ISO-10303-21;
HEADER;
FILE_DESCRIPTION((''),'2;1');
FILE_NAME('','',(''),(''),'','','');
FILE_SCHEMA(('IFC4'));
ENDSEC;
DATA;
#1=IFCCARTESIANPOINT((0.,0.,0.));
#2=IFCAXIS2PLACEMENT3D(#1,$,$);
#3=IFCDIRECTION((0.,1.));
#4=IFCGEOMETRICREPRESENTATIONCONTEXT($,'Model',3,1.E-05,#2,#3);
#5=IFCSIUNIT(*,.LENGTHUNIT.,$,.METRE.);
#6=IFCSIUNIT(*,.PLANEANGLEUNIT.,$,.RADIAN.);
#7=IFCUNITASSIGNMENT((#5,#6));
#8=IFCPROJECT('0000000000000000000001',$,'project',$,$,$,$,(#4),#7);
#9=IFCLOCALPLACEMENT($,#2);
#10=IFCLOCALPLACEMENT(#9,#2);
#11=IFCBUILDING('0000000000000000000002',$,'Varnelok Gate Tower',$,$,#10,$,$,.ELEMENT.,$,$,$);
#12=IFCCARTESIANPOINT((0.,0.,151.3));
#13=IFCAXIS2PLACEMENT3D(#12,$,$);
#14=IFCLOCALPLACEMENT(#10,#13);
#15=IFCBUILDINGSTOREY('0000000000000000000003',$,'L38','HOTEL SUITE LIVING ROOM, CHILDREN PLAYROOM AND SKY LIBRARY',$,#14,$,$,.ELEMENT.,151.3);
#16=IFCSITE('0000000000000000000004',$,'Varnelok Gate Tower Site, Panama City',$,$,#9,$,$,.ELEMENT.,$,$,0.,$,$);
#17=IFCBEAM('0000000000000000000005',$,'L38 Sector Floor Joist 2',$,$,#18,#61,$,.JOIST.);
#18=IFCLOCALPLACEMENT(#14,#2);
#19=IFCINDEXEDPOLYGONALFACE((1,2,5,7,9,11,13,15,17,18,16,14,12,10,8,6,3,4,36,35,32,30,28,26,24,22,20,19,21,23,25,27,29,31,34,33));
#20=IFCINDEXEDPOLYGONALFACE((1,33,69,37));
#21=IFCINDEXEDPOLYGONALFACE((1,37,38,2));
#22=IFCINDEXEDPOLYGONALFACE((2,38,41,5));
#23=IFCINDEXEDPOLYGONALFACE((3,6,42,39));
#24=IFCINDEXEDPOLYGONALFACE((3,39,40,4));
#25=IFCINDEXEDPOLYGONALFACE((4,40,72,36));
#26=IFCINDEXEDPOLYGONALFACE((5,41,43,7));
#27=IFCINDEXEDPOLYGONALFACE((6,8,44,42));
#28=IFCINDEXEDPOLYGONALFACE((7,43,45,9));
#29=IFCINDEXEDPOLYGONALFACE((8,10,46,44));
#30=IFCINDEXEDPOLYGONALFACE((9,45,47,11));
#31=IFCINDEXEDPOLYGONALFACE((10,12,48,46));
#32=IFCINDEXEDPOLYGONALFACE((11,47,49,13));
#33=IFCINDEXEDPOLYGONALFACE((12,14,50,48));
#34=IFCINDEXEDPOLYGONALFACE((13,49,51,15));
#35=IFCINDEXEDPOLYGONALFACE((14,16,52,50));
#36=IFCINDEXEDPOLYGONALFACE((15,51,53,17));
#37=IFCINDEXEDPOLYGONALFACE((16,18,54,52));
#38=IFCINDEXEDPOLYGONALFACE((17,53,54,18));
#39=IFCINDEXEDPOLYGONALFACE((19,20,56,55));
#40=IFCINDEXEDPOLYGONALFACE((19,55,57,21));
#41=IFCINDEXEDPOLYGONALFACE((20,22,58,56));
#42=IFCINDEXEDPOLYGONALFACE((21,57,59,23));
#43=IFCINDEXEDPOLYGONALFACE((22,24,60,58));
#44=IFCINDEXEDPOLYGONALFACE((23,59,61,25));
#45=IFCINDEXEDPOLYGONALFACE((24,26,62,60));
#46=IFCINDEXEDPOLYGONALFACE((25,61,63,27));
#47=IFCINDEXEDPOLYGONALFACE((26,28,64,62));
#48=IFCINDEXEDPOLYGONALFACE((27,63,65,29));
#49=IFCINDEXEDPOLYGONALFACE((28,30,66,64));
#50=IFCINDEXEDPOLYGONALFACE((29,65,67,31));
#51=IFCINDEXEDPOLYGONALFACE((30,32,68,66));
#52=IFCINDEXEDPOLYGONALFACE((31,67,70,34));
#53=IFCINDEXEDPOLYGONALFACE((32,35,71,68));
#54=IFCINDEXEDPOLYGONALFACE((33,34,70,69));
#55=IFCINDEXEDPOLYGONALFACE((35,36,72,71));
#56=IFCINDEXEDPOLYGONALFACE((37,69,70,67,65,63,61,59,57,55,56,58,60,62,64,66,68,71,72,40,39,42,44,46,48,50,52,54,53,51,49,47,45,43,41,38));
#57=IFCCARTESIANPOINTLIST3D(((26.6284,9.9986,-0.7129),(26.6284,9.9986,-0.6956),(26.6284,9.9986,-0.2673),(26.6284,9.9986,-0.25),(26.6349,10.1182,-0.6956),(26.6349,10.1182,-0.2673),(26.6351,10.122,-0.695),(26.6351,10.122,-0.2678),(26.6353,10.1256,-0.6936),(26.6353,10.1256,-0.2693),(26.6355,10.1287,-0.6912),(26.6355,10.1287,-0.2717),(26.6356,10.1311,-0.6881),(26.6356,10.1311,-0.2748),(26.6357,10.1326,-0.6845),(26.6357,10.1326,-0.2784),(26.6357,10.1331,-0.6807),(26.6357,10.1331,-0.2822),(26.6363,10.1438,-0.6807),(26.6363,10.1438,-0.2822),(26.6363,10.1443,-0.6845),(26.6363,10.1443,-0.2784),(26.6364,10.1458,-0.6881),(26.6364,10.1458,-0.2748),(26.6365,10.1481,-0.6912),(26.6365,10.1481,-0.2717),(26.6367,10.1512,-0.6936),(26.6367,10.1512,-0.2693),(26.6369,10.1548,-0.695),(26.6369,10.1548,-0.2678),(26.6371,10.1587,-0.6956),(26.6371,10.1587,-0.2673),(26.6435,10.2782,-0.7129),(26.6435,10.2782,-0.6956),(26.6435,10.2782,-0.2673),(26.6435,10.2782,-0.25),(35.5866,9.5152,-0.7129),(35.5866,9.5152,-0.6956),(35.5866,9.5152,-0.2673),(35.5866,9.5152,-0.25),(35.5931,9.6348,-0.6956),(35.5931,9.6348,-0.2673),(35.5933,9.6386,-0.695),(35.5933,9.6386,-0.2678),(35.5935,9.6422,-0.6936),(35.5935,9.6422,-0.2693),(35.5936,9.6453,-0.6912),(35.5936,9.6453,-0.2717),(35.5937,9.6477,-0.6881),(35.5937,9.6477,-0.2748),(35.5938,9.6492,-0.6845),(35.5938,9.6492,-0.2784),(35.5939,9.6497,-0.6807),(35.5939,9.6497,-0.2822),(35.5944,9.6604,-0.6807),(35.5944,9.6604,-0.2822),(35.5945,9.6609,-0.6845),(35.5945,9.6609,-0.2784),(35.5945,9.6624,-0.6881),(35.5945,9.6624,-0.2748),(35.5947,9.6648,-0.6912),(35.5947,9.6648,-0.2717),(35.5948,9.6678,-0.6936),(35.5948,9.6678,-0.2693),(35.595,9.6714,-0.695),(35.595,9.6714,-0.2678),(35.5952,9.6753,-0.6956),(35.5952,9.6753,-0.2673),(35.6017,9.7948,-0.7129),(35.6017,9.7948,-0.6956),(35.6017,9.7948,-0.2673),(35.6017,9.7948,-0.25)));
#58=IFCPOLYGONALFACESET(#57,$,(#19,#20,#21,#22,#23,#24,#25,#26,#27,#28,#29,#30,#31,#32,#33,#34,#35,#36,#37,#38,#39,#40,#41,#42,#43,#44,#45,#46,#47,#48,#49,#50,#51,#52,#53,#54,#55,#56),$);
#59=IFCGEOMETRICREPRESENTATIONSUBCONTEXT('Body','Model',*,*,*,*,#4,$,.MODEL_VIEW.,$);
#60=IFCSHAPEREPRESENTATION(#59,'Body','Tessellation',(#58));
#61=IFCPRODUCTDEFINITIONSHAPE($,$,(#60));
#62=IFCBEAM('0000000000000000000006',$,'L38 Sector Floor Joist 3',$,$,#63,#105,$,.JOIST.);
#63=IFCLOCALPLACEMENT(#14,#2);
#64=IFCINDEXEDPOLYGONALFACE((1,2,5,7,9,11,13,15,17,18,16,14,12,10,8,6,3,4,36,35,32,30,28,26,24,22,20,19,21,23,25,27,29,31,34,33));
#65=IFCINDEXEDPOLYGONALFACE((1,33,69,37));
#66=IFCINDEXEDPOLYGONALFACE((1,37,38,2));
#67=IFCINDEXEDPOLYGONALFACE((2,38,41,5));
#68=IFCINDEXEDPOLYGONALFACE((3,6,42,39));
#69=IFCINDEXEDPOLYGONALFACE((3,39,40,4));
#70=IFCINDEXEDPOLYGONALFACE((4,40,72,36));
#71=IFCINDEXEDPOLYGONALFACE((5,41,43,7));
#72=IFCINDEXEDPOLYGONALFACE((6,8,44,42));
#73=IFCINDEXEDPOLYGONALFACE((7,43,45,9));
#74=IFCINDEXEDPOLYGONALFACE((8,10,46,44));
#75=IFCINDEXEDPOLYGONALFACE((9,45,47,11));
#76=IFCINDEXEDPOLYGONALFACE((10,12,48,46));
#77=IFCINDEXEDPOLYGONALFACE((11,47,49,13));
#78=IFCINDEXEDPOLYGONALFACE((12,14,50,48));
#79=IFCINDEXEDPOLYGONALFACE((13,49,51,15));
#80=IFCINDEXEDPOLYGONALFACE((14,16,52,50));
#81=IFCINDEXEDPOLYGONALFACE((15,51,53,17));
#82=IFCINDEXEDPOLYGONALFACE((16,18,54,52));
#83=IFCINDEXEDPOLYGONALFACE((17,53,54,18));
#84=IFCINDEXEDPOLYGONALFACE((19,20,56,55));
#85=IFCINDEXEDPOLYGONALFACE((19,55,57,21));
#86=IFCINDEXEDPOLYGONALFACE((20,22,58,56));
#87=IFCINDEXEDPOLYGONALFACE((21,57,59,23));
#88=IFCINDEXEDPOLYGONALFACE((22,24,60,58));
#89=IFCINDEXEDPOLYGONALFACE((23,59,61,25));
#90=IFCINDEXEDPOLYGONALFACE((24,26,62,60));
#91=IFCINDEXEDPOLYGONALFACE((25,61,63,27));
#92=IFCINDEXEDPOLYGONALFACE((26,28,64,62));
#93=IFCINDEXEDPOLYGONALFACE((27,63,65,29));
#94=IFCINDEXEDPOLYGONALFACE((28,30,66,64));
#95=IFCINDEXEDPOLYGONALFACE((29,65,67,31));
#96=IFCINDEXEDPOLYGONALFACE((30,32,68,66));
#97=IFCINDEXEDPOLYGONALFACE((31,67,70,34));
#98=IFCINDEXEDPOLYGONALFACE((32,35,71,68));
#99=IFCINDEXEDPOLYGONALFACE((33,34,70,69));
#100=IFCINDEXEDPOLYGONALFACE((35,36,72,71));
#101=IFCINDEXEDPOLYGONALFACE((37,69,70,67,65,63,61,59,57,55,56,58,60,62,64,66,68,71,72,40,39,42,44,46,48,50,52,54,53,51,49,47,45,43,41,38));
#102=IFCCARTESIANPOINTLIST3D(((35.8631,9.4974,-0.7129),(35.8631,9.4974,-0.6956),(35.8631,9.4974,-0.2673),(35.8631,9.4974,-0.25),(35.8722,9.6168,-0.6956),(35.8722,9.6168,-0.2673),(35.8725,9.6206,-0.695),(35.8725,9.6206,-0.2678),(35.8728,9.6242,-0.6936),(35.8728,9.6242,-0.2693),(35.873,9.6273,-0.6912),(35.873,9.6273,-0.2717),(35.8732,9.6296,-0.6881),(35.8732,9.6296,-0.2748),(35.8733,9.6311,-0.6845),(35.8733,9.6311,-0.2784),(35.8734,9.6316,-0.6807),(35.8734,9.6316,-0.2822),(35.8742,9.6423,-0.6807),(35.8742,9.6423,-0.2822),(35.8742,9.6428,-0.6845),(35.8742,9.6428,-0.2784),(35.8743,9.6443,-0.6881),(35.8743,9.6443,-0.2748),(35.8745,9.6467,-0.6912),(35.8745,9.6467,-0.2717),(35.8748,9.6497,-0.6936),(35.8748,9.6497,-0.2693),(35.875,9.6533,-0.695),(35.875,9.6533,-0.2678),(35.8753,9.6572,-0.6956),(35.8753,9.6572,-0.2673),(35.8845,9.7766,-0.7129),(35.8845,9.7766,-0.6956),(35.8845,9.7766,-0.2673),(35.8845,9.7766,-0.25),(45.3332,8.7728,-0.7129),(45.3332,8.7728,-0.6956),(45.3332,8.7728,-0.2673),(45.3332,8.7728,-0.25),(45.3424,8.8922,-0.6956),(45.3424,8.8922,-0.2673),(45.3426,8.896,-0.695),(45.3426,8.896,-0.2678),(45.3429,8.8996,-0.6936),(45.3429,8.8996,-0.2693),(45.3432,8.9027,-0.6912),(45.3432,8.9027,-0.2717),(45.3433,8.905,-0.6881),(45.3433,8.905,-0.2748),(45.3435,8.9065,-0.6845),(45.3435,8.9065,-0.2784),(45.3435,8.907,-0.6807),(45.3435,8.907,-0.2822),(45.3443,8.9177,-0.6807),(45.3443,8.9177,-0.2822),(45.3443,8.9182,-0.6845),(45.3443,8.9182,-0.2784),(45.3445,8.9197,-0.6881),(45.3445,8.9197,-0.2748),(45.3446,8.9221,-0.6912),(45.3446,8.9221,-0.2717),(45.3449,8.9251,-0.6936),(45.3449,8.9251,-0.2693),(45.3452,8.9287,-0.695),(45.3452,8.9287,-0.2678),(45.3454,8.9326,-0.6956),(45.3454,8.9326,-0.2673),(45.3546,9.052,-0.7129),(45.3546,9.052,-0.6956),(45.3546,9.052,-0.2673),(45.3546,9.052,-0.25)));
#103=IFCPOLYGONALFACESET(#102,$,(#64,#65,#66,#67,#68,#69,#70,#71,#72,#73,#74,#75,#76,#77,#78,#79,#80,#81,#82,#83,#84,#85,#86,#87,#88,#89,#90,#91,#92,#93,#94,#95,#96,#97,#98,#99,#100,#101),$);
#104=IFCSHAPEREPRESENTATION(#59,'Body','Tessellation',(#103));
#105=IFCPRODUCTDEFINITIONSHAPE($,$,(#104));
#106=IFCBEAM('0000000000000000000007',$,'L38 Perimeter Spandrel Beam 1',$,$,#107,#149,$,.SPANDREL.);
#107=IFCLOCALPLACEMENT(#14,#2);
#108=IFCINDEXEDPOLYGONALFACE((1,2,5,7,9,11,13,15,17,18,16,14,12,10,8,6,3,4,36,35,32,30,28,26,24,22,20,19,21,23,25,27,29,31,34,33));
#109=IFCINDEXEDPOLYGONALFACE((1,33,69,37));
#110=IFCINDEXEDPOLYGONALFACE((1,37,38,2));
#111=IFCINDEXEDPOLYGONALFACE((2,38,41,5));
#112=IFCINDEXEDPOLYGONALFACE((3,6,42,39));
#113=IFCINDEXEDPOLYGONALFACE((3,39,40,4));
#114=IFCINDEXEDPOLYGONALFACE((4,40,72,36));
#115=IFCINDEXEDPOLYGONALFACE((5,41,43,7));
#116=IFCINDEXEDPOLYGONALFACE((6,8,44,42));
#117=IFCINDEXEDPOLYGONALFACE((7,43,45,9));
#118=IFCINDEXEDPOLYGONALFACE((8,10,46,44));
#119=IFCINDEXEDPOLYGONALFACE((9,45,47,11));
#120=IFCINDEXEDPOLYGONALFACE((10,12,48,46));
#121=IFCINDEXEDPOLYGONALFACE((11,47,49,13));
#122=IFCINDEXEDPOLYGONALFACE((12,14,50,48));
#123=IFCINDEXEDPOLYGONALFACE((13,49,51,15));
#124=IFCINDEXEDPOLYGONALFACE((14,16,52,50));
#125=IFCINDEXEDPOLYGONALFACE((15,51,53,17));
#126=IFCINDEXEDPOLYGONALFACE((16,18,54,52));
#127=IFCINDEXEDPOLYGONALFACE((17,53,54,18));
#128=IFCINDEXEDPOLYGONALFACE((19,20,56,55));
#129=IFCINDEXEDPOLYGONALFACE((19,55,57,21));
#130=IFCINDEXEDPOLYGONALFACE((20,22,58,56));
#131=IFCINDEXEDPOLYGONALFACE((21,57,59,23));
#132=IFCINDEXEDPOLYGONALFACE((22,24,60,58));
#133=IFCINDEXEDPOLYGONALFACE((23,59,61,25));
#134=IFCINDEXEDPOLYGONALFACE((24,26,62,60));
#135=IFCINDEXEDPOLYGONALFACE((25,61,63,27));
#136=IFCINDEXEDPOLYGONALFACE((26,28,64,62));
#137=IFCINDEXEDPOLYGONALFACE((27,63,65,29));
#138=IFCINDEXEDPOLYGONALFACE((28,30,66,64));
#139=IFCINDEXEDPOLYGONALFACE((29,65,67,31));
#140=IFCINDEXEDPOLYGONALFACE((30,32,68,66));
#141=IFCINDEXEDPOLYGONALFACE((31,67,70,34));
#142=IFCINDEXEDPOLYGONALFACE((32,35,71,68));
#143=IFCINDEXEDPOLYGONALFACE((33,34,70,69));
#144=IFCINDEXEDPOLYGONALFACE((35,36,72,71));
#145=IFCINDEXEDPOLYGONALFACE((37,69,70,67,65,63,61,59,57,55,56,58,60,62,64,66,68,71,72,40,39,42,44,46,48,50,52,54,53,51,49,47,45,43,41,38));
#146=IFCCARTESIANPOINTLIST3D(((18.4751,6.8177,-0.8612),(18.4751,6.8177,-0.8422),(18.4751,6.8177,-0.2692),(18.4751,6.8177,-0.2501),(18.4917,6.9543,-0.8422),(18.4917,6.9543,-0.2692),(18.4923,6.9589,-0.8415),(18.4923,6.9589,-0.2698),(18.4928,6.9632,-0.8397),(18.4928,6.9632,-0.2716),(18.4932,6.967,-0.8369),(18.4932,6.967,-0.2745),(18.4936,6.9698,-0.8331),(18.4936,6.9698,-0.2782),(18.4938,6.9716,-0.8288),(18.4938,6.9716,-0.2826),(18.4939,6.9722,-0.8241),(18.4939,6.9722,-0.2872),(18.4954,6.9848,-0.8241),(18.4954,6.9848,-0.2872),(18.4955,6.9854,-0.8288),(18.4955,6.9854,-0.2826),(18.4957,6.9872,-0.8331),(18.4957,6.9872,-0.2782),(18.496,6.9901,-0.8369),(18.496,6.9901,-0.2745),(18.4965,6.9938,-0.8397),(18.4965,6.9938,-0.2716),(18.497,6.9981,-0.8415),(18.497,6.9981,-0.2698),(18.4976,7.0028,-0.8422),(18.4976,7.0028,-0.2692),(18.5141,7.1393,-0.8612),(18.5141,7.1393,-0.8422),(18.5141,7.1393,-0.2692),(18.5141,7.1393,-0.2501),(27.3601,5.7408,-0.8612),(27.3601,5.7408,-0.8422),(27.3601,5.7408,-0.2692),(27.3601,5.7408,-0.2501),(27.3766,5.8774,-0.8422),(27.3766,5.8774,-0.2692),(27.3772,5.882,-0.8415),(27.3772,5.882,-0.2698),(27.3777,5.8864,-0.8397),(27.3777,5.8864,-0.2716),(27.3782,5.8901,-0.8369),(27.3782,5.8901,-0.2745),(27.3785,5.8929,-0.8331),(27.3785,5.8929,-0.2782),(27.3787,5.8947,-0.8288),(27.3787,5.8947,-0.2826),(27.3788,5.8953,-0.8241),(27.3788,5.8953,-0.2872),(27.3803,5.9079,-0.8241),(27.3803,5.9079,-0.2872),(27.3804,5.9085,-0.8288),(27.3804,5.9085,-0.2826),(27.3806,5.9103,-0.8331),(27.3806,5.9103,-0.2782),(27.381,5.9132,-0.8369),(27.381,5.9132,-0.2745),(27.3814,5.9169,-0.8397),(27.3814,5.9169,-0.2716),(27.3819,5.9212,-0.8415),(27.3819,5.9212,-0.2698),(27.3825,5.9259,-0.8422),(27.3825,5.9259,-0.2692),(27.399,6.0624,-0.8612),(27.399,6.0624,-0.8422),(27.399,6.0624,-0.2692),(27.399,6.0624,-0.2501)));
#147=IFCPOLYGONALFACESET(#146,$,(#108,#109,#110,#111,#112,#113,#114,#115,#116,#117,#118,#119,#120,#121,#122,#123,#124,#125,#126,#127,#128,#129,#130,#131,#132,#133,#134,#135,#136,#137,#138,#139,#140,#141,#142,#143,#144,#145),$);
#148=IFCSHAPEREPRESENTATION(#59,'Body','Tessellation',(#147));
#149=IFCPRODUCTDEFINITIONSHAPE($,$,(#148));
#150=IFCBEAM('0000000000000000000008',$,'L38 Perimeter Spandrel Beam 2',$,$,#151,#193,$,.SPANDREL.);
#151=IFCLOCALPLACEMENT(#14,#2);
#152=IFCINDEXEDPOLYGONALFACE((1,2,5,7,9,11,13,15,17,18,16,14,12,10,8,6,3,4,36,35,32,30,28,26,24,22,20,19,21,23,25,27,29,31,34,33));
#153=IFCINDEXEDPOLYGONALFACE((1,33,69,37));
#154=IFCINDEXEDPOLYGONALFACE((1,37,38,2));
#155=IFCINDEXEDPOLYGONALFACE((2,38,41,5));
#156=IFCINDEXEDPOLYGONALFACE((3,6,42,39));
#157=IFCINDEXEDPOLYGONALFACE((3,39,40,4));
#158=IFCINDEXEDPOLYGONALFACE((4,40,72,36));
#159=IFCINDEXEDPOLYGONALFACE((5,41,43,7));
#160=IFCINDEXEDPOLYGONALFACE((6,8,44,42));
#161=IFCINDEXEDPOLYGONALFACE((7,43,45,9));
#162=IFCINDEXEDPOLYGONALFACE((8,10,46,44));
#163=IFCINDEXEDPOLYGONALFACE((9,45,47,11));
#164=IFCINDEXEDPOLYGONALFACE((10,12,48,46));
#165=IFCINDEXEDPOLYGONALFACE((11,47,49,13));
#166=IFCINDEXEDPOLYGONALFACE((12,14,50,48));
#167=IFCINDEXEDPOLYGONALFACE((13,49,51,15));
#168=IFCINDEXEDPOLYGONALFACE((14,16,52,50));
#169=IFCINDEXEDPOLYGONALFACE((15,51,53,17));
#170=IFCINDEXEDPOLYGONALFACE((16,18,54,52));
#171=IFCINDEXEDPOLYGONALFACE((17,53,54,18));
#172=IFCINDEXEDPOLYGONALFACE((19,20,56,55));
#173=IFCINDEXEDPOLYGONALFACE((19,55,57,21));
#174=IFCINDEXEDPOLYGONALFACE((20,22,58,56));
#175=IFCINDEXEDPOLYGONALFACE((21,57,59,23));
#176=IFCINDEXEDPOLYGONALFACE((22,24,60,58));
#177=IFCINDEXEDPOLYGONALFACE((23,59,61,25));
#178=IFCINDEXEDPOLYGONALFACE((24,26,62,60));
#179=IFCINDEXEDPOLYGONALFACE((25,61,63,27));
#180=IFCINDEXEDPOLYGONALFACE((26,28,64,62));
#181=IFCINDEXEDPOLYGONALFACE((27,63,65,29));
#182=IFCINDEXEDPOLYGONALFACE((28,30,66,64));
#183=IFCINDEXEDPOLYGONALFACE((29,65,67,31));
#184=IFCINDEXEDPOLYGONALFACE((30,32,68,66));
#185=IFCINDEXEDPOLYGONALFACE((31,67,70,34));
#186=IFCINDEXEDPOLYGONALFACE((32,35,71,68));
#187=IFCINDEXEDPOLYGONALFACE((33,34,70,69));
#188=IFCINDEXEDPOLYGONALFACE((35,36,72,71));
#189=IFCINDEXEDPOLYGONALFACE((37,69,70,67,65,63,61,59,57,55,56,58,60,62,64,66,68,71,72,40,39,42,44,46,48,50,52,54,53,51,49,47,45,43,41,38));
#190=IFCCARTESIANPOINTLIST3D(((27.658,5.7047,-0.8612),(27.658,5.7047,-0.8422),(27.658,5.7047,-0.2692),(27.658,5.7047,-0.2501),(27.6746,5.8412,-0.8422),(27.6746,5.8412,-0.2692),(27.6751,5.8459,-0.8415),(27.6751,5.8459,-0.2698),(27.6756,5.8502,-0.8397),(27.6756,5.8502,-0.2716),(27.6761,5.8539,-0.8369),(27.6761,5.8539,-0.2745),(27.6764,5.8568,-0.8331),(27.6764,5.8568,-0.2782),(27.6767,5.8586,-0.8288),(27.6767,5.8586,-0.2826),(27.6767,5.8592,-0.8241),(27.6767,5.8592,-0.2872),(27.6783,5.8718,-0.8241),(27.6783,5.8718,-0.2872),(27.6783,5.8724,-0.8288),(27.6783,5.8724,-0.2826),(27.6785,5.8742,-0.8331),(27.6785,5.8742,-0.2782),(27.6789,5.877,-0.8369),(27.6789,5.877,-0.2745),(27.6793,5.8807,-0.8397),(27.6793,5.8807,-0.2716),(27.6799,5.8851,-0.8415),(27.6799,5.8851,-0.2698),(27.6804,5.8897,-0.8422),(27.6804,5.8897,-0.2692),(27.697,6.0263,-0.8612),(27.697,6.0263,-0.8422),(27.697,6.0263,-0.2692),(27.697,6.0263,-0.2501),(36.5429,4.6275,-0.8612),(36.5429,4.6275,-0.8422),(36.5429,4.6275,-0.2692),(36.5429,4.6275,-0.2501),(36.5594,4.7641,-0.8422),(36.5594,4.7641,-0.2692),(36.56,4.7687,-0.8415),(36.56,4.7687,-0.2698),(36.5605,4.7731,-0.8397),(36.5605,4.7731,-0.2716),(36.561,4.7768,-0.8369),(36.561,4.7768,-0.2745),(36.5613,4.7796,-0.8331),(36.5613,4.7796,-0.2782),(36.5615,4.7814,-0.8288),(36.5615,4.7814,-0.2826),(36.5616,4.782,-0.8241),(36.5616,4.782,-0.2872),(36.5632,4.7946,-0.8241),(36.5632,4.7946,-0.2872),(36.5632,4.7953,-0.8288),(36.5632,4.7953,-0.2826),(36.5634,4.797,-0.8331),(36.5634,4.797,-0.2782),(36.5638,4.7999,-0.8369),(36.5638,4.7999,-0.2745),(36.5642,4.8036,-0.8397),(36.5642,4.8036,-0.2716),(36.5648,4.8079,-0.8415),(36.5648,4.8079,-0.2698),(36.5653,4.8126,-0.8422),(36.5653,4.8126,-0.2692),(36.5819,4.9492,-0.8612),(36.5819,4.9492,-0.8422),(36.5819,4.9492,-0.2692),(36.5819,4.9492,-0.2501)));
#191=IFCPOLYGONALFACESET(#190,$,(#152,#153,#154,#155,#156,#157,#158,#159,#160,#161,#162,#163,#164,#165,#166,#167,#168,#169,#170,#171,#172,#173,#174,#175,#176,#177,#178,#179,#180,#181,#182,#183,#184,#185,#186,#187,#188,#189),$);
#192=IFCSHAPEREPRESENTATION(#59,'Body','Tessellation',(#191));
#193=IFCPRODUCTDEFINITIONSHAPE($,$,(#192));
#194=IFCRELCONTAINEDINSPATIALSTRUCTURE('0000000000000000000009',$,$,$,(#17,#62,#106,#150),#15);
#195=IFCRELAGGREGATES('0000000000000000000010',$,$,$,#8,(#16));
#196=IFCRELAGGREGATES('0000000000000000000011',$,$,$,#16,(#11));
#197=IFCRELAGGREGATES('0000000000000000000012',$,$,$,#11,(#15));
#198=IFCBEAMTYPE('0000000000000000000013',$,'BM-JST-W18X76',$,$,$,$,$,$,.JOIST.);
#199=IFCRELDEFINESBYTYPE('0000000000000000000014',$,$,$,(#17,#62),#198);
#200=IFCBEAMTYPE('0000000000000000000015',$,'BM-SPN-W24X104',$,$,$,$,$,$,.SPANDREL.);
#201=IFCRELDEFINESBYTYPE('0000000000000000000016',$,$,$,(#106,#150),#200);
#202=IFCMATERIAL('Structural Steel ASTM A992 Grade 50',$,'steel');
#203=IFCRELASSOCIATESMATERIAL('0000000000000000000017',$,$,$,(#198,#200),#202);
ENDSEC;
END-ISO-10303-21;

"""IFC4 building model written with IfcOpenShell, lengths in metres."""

from ifc_helpers import new_model, si_unit, direction, frame, origin, origin_2d, place, context, subcontext, project, spatial, i_section, extrude, material, material_profile, profile_set, type_object, element, save


model = new_model("IFC4")

# Units and contexts
model_context = context("Model", 3, precision=1e-05, world=origin(), true_north=direction((0.0, 1.0)))
body_context = subcontext(model_context, "Body", "Model", "MODEL_VIEW")
ifc_project = project(units=[si_unit("LENGTHUNIT", "METRE"), si_unit("PLANEANGLEUNIT", "RADIAN")], contexts=[model_context])

# Site, building, storey
site_placement = place(None, origin())
site = spatial("IfcSite", under=ifc_project, at=site_placement, Name="Varnelok Gate Tower Site, Panama City", CompositionType="ELEMENT", RefElevation=0.0)
building_placement = place(site_placement, origin())
building = spatial("IfcBuilding", under=site, at=building_placement, Name="Varnelok Gate Tower", CompositionType="ELEMENT")
storey_placement = place(building_placement, frame((0.0, 0.0, 151.3)))
storey = spatial("IfcBuildingStorey", under=building, at=storey_placement, Name="L38", Description="HOTEL SUITE LIVING ROOM, CHILDREN PLAYROOM AND SKY LIBRARY", CompositionType="ELEMENT", Elevation=151.3)

# Shared definitions
ifc_material_1 = material(Name="Structural Steel ASTM A992 Grade 50", Category="steel")

# Beams
ifc_material_profile_1 = material_profile(ifc_material_1, i_section(OverallWidth=0.28, OverallDepth=0.4629, WebThickness=0.0107, FlangeThickness=0.0173, FilletRadius=0.0149, at=origin_2d()), Name="W18X76")
ifc_profile_set_1 = profile_set([ifc_material_profile_1], Name="Structural Steel ASTM A992 Grade 50")
beam_type_1 = type_object("IfcBeamType", Name="BM-JST-W18X76", PredefinedType="JOIST", material=ifc_profile_set_1)
beam_1_placement = place(storey_placement, frame((26.636, 10.1384, -0.4814), z_axis=(0.998547, -0.053883, 0.0), x_axis=(0.053883, 0.998547, 0.0)))
element("IfcBeam", 1, at=beam_1_placement, inside=storey, type_object=beam_type_1, Name="L38 Sector Floor Joist 2", PredefinedType="JOIST", context=body_context, shape_type="SweptSolid", body=[
    extrude(i_section(OverallWidth=0.28, OverallDepth=0.4629, WebThickness=0.0107, FlangeThickness=0.0173, FilletRadius=0.0149, at=origin_2d()), origin(), (0.0, 0.0, 1.0), 8.9712),
])
beam_2_placement = place(storey_placement, frame((35.8738, 9.637, -0.4814), z_axis=(0.997086, -0.076292, 0.0), x_axis=(0.076292, 0.997086, 0.0)))
element("IfcBeam", 2, at=beam_2_placement, inside=storey, type_object=beam_type_1, Name="L38 Sector Floor Joist 3", PredefinedType="JOIST", context=body_context, shape_type="SweptSolid", body=[
    extrude(i_section(OverallWidth=0.28, OverallDepth=0.4629, WebThickness=0.0107, FlangeThickness=0.0173, FilletRadius=0.0149, at=origin_2d()), origin(), (0.0, 0.0, 1.0), 9.4978),
])
ifc_material_profile_2 = material_profile(ifc_material_1, i_section(OverallWidth=0.324, OverallDepth=0.6111, WebThickness=0.0127, FlangeThickness=0.019, FilletRadius=0.0181, at=origin_2d()), Name="W24X104")
ifc_profile_set_2 = profile_set([ifc_material_profile_2], Name="Structural Steel ASTM A992 Grade 50")
beam_type_2 = type_object("IfcBeamType", Name="BM-SPN-W24X104", PredefinedType="SPANDREL", material=ifc_profile_set_2)
for number, where, z_axis, x_axis, name in (
    (3, (18.4946, 6.9785, -0.5557), (0.992735, -0.120324, 0.0), (0.120324, 0.992735, 0.0), "L38 Perimeter Spandrel Beam 1"),
    (4, (27.6775, 5.8655, -0.5557), (0.992731, -0.120351, 0.0), (0.120351, 0.992731, 0.0), "L38 Perimeter Spandrel Beam 2"),
):
    element("IfcBeam", number, at=place(storey_placement, frame(where, z_axis=z_axis, x_axis=x_axis)), inside=storey, type_object=beam_type_2, Name=name, PredefinedType="SPANDREL", context=body_context, shape_type="SweptSolid", body=[
        extrude(i_section(OverallWidth=0.324, OverallDepth=0.6111, WebThickness=0.0127, FlangeThickness=0.019, FilletRadius=0.0181, at=origin_2d()), origin(), (0.0, 0.0, 1.0), 8.95),
    ])

save(model, "model.ifc")
